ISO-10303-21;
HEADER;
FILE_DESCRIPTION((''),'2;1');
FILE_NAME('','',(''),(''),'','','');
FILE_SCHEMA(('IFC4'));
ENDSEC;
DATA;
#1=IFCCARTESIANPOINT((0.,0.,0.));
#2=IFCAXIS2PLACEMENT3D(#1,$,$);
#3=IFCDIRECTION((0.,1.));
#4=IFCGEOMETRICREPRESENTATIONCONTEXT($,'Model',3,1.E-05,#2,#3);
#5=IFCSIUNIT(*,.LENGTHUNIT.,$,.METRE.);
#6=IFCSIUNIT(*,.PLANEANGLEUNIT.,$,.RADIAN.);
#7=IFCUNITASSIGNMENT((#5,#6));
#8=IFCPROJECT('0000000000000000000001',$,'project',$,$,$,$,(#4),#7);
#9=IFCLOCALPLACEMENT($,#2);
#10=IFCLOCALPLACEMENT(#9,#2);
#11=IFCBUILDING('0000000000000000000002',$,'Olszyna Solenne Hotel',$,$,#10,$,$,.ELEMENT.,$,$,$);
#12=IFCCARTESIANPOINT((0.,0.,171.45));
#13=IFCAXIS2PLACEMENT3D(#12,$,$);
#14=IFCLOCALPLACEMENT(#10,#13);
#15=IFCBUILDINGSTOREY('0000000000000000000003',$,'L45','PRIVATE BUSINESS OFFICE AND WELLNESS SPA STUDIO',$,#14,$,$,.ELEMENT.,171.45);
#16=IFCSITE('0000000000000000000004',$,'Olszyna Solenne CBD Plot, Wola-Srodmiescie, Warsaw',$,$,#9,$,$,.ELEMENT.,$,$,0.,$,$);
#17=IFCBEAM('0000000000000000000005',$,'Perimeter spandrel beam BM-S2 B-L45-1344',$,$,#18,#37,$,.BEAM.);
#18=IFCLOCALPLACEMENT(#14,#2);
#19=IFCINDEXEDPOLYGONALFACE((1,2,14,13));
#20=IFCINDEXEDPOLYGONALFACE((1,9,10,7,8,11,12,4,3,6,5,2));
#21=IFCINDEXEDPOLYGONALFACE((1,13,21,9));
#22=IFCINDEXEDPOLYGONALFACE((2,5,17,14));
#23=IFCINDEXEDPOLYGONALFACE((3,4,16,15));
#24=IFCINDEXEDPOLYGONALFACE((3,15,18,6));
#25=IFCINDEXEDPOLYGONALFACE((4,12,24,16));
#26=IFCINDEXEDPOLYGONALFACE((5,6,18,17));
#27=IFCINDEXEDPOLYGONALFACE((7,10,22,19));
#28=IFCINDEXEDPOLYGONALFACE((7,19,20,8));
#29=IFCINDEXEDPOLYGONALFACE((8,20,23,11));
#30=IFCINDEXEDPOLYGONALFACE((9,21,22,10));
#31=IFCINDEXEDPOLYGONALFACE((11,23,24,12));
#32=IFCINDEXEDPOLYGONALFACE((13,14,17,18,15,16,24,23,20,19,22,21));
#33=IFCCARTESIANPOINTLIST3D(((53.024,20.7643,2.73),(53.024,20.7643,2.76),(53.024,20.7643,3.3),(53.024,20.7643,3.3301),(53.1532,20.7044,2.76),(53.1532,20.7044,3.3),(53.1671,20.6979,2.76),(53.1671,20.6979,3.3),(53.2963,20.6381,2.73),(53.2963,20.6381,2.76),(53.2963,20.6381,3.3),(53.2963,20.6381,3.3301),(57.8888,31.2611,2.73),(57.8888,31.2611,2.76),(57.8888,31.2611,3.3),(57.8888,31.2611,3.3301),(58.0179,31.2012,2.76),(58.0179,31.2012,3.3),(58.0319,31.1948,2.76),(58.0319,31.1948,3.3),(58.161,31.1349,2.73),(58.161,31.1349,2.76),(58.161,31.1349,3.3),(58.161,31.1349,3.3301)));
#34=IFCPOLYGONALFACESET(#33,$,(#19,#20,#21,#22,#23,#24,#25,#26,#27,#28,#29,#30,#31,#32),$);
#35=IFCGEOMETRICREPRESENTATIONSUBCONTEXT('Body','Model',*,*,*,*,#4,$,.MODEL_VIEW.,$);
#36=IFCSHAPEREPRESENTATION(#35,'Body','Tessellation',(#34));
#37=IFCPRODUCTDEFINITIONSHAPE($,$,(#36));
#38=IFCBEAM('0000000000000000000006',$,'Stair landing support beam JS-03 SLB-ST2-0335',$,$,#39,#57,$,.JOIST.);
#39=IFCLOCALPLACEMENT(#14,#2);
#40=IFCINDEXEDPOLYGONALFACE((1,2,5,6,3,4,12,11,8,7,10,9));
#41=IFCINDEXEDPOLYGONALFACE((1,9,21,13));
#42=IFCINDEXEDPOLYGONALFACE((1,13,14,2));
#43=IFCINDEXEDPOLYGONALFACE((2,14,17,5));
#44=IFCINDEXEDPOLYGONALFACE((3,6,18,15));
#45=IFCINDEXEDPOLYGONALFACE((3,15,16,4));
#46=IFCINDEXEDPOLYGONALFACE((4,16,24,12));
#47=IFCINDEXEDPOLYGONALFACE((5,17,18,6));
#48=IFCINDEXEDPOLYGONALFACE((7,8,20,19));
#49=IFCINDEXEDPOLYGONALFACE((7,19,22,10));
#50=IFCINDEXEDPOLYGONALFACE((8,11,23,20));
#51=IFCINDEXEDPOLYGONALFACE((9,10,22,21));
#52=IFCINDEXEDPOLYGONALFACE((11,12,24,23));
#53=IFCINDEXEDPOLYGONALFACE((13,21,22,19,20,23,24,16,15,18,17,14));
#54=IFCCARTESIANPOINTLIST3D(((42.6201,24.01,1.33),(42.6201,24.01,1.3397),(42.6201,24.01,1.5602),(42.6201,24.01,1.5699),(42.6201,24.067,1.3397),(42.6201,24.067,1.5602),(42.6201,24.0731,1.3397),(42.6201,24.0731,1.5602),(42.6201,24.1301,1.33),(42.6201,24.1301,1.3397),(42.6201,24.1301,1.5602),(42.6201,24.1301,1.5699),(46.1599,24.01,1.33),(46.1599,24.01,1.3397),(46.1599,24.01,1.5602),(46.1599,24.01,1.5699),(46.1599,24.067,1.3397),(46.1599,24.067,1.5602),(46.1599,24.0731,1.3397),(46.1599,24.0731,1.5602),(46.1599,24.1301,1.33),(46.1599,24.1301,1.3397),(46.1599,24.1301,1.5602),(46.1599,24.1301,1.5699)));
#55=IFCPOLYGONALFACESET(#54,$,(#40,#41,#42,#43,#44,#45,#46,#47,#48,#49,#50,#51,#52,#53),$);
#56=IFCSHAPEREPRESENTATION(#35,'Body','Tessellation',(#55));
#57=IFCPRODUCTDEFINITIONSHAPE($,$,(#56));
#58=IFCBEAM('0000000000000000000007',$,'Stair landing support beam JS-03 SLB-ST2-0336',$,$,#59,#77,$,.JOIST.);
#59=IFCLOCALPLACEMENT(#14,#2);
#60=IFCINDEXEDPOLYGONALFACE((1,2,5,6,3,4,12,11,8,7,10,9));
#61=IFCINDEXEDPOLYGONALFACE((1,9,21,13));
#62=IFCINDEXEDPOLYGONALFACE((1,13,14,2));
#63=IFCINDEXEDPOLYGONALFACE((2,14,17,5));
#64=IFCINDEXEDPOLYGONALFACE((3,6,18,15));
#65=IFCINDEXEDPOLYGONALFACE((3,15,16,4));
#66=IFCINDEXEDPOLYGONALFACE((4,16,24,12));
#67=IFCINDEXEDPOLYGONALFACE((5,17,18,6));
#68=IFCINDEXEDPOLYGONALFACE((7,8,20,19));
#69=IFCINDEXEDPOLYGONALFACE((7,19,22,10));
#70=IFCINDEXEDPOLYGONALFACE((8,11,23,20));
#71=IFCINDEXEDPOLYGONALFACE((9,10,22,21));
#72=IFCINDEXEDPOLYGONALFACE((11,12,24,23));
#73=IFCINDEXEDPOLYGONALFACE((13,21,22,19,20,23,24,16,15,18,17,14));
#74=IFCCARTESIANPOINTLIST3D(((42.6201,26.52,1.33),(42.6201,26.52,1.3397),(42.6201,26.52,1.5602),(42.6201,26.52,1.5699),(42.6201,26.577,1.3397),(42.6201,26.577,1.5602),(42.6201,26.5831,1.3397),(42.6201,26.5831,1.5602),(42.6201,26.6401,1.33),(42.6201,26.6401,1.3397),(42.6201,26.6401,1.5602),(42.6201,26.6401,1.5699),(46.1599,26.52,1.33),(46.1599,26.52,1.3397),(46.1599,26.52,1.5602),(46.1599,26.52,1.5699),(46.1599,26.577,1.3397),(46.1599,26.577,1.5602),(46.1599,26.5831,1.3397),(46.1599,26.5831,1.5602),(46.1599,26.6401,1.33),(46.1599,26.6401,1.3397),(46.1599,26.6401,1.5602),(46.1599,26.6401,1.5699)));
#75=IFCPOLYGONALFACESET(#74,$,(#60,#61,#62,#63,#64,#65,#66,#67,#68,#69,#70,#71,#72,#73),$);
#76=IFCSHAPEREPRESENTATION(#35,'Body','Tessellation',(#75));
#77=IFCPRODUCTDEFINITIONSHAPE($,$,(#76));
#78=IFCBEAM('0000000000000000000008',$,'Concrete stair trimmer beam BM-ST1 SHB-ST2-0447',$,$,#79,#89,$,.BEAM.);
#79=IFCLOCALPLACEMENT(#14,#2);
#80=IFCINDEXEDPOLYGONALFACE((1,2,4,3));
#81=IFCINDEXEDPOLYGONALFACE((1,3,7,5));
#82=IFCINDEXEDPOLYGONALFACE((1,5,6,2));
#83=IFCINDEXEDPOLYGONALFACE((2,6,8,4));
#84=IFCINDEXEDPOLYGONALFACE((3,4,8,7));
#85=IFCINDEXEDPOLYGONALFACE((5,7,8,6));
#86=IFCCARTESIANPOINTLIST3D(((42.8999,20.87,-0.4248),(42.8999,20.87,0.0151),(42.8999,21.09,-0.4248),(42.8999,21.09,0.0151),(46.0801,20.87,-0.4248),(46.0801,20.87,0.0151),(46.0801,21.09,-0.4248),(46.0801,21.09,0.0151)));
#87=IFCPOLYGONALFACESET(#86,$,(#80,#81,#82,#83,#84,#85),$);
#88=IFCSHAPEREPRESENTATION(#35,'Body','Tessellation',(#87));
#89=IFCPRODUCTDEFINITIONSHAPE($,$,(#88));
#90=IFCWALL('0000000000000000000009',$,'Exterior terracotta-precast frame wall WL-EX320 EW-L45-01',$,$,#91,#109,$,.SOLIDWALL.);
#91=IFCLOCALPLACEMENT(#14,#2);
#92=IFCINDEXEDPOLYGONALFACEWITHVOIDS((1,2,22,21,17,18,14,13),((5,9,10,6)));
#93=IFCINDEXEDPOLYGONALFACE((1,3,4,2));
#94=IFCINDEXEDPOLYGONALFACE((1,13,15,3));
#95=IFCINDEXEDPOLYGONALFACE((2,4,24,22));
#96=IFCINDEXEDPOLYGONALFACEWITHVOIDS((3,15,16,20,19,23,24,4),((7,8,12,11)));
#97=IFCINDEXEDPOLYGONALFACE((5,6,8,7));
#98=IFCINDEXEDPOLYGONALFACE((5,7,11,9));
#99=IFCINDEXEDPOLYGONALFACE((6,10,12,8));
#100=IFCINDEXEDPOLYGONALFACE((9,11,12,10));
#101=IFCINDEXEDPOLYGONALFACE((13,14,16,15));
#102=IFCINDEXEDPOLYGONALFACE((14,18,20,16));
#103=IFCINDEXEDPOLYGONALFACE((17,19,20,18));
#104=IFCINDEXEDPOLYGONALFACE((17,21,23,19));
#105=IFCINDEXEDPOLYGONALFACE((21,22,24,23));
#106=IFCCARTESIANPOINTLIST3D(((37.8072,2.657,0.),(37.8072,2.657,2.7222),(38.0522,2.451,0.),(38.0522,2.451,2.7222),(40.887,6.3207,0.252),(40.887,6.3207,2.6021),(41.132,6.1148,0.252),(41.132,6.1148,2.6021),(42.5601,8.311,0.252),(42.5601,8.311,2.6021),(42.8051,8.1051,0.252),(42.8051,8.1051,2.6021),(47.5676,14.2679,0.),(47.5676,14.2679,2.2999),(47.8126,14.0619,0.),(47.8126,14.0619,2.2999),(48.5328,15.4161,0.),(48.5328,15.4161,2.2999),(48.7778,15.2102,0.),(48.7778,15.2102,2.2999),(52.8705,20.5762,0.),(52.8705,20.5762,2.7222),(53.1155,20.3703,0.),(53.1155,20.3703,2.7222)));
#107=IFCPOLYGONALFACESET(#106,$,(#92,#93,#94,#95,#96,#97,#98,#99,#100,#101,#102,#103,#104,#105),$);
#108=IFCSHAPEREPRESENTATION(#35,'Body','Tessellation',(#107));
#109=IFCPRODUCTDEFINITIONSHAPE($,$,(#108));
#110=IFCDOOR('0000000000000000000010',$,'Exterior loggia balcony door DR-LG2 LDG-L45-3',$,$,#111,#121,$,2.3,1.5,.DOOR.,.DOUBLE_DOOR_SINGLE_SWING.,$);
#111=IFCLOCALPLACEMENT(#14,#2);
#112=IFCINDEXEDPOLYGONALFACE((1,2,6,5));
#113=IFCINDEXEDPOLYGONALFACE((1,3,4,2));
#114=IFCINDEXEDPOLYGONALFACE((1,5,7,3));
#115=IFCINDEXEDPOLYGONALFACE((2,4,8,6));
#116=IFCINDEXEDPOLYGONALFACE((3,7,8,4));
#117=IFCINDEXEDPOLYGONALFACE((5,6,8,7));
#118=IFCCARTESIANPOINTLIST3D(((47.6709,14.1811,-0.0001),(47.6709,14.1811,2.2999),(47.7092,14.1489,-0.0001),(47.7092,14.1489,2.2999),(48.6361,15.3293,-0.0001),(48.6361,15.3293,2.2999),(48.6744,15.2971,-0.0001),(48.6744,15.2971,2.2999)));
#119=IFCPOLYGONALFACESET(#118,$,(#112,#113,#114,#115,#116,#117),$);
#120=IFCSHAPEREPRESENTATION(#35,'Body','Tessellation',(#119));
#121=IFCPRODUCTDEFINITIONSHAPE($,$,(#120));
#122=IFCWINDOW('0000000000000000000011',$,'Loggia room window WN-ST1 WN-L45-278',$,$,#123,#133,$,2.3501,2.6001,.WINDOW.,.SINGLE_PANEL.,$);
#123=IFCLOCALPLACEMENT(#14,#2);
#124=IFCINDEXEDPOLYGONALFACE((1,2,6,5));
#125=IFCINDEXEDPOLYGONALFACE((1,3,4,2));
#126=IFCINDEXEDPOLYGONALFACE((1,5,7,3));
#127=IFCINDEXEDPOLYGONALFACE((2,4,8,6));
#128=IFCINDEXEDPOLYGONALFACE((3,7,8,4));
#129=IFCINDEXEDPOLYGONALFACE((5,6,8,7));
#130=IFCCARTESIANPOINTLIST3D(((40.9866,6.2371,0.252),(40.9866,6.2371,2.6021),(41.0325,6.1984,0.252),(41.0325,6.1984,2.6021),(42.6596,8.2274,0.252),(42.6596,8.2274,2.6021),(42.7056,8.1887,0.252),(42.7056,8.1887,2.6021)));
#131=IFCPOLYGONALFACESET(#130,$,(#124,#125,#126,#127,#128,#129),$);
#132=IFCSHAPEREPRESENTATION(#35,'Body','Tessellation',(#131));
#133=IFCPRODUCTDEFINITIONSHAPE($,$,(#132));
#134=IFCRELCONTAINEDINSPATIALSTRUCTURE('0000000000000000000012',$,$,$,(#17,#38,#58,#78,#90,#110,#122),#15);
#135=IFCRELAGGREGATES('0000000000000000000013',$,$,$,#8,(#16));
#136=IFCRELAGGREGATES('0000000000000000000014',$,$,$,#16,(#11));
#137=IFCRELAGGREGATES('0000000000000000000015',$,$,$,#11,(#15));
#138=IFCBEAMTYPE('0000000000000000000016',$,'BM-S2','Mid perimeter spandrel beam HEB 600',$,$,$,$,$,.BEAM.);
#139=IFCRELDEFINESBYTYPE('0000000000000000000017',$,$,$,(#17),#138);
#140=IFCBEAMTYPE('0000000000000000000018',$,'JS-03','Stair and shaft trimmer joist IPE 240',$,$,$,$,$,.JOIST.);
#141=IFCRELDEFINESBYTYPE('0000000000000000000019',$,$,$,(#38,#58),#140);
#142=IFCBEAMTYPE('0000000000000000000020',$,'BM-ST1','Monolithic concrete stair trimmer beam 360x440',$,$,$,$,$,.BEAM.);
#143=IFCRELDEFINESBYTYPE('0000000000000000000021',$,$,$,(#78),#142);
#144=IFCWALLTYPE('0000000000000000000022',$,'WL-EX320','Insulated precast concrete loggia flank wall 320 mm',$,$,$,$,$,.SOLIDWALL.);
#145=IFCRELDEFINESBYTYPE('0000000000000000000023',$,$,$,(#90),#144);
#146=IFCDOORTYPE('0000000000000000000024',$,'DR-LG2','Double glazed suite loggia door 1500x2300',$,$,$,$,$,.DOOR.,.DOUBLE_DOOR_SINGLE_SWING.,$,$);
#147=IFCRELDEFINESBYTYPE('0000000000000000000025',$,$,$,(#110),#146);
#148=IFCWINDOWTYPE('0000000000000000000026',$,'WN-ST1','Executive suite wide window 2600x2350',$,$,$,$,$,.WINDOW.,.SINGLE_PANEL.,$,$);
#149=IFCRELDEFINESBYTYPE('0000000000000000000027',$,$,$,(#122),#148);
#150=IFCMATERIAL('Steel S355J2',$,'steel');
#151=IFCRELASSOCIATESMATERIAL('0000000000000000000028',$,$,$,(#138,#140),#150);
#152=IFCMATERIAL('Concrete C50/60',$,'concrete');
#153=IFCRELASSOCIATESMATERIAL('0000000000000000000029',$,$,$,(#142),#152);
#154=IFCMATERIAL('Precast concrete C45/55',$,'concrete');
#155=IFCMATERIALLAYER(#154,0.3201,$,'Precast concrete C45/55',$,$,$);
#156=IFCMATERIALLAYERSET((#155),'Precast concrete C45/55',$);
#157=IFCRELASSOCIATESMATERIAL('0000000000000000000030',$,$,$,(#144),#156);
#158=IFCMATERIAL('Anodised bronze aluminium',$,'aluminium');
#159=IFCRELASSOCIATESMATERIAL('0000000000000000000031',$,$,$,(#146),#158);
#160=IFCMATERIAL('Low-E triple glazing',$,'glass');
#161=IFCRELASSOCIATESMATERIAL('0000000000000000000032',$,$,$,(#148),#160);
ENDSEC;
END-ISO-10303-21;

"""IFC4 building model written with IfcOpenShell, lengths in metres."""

from ifc_helpers import new_model, si_unit, direction, frame, frame_2d, origin, origin_2d, place, context, subcontext, project, spatial, rectangle, i_section, extrude, source, transform, mapped, material, layer, layer_set, material_profile, profile_set, type_object, type_shapes, element, fill, save


model = new_model("IFC4")

# Units and contexts
model_context = context("Model", 3, precision=1e-05, world=origin(), true_north=direction((0.0, 1.0)))
body_context = subcontext(model_context, "Body", "Model", "MODEL_VIEW")
ifc_project = project(units=[si_unit("LENGTHUNIT", "METRE"), si_unit("PLANEANGLEUNIT", "RADIAN")], contexts=[model_context])

# Site, building, storey
site_placement = place(None, origin())
site = spatial("IfcSite", under=ifc_project, at=site_placement, Name="Olszyna Solenne CBD Plot, Wola-Srodmiescie, Warsaw", CompositionType="ELEMENT", RefElevation=0.0)
building_placement = place(site_placement, origin())
building = spatial("IfcBuilding", under=site, at=building_placement, Name="Olszyna Solenne Hotel", CompositionType="ELEMENT")
storey_placement = place(building_placement, frame((0.0, 0.0, 171.45)))
storey = spatial("IfcBuildingStorey", under=building, at=storey_placement, Name="L45", Description="PRIVATE BUSINESS OFFICE AND WELLNESS SPA STUDIO", CompositionType="ELEMENT", Elevation=171.45)

# Beams
ifc_material_1 = material(Name="Steel S355J2", Category="steel")
ifc_material_profile_1 = material_profile(ifc_material_1, i_section(OverallWidth=0.3, OverallDepth=0.6001, WebThickness=0.0154, FlangeThickness=0.03, at=origin_2d()), Name="HEB 600", Category="load-bearing")
ifc_profile_set_1 = profile_set([ifc_material_profile_1], Name="Steel S355J2")
beam_type_1 = type_object("IfcBeamType", Name="BM-S2", Description="Mid perimeter spandrel beam HEB 600", PredefinedType="BEAM", material=ifc_profile_set_1)
shared_shape_1 = source(origin(), body_context, "Body", "SweptSolid", [
    extrude(i_section(OverallWidth=0.3, OverallDepth=0.6001, WebThickness=0.0154, FlangeThickness=0.03, at=origin_2d()), origin(), (0.0, 0.0, 1.0), 11.5693),
])
beam_1_placement = place(storey_placement, frame((53.1602, 20.7012, 3.03), z_axis=(0.420487, 0.907299, 0.0), x_axis=(-0.907299, 0.420487, 0.0)))
element("IfcBeam", 1, at=beam_1_placement, inside=storey, type_object=beam_type_1, Name="Perimeter spandrel beam BM-S2 B-L45-1344", PredefinedType="BEAM", context=body_context, shape_type="MappedRepresentation", body=[
    mapped(shared_shape_1, transform((0.0, 0.0, 0.0), x_axis=(1.0, 0.0, 0.0), y_axis=(0.0, 1.0, 0.0), z_axis=(0.0, 0.0, 1.0), scale=1.0)),
])
ifc_material_profile_2 = material_profile(ifc_material_1, i_section(OverallWidth=0.1201, OverallDepth=0.24, WebThickness=0.0061, FlangeThickness=0.0098, at=origin_2d()), Name="IPE 240", Category="load-bearing")
ifc_profile_set_2 = profile_set([ifc_material_profile_2], Name="Steel S355J2")
beam_type_2 = type_object("IfcBeamType", Name="JS-03", Description="Stair and shaft trimmer joist IPE 240", PredefinedType="JOIST", material=ifc_profile_set_2)
shared_shape_2 = source(origin(), body_context, "Body", "SweptSolid", [
    extrude(i_section(OverallWidth=0.1201, OverallDepth=0.24, WebThickness=0.0061, FlangeThickness=0.0098, at=origin_2d()), origin(), (0.0, 0.0, 1.0), 3.5398),
])
for number, where, z_axis, x_axis, name in (
    (2, (46.1599, 24.0701, 1.45), (-1.0, 0.0, 0.0), (0.0, -1.0, 0.0), "Stair landing support beam JS-03 SLB-ST2-0335"),
    (3, (46.1599, 26.5801, 1.45), (-1.0, 0.0, 0.0), (0.0, -1.0, 0.0), "Stair landing support beam JS-03 SLB-ST2-0336"),
):
    element("IfcBeam", number, at=place(storey_placement, frame(where, z_axis=z_axis, x_axis=x_axis)), inside=storey, type_object=beam_type_2, Name=name, PredefinedType="JOIST", context=body_context, shape_type="MappedRepresentation", body=[
        mapped(shared_shape_2, transform((0.0, 0.0, 0.0), x_axis=(1.0, 0.0, 0.0), y_axis=(0.0, 1.0, 0.0), z_axis=(0.0, 0.0, 1.0), scale=1.0)),
    ])
ifc_material_2 = material(Name="Concrete C50/60", Category="concrete")
ifc_material_profile_3 = material_profile(ifc_material_2, rectangle(XDim=0.22, YDim=0.4399, at=origin_2d()), Name="RC 220x440", Category="load-bearing")
ifc_profile_set_3 = profile_set([ifc_material_profile_3], Name="Concrete C50/60")
beam_type_3 = type_object("IfcBeamType", Name="BM-ST1", Description="Monolithic concrete stair trimmer beam 360x440", PredefinedType="BEAM", material=ifc_profile_set_3)
shared_shape_3 = source(origin(), body_context, "Body", "SweptSolid", [
    extrude(rectangle(XDim=0.22, YDim=0.4399, at=origin_2d()), origin(), (0.0, 0.0, 1.0), 3.1802),
])
beam_2_placement = place(storey_placement, frame((46.0801, 20.98, -0.2048), z_axis=(-1.0, 0.0, 0.0), x_axis=(0.0, -1.0, 0.0)))
element("IfcBeam", 4, at=beam_2_placement, inside=storey, type_object=beam_type_3, Name="Concrete stair trimmer beam BM-ST1 SHB-ST2-0447", PredefinedType="BEAM", context=body_context, shape_type="MappedRepresentation", body=[
    mapped(shared_shape_3, transform((0.0, 0.0, 0.0), x_axis=(1.0, 0.0, 0.0), y_axis=(0.0, 1.0, 0.0), z_axis=(0.0, 0.0, 1.0), scale=1.0)),
])

# Wall, openings, door, window
ifc_material_3 = material(Name="Precast concrete C45/55", Category="concrete")
ifc_layer_1 = layer(ifc_material_3, 0.3201, Name="Precast concrete C45/55")
ifc_layer_set_1 = layer_set([ifc_layer_1], Name="Precast concrete C45/55")
wall_type_1 = type_object("IfcWallType", Name="WL-EX320", Description="Insulated precast concrete loggia flank wall 320 mm", PredefinedType="SOLIDWALL", material=ifc_layer_set_1)
wall_1_placement = place(storey_placement, frame((52.9929, 20.4731, 0.0), z_axis=(0.0, 0.0, 1.0), x_axis=(-0.64347, -0.765471, 0.0)))
wall_1 = element("IfcWall", 5, at=wall_1_placement, inside=storey, type_object=wall_type_1, Name="Exterior terracotta-precast frame wall WL-EX320 EW-L45-01", PredefinedType="SOLIDWALL", context=body_context, shape_type="SweptSolid", body=[
    extrude(rectangle(XDim=23.4094, YDim=0.3201, at=frame_2d((11.7046, 0.0))), origin(), (0.0, 0.0, 1.0), 2.7222),
])
opening_1_placement = place(wall_1_placement, frame((6.741, 0.0, 0.0)))
opening_1 = element("IfcOpeningElement", 6, at=opening_1_placement, cuts=wall_1, PredefinedType="OPENING", context=body_context, shape_type="SweptSolid", body=[
    extrude(rectangle(XDim=1.5, YDim=2.3, at=frame_2d((0.75, 1.1499))), frame((0.0, 0.1699, 0.0), z_axis=(0.0, -1.0, 0.0), x_axis=(1.0, 0.0, 0.0)), (0.0, 0.0, 1.0), 0.3401),
])
opening_2_placement = place(wall_1_placement, frame((16.0229, 0.0, 0.252)))
opening_2 = element("IfcOpeningElement", 7, at=opening_2_placement, cuts=wall_1, PredefinedType="OPENING", context=body_context, shape_type="SweptSolid", body=[
    extrude(rectangle(XDim=2.6001, YDim=2.3501, at=frame_2d((1.3, 1.175))), frame((0.0, 0.1699, 0.0), z_axis=(0.0, -1.0, 0.0), x_axis=(1.0, 0.0, 0.0)), (0.0, 0.0, 1.0), 0.3401),
])
ifc_material_4 = material(Name="Anodised bronze aluminium", Category="aluminium")
door_type_1 = type_object("IfcDoorType", Name="DR-LG2", Description="Double glazed suite loggia door 1500x2300", OperationType="DOUBLE_DOOR_SINGLE_SWING", PredefinedType="DOOR", material=ifc_material_4)
shared_shape_4 = source(origin(), body_context, "Body", "SweptSolid", [
    extrude(rectangle(XDim=1.5, YDim=2.3, at=frame_2d((0.75, 1.1499))), frame((0.0, 0.0249, 0.0), z_axis=(0.0, -1.0, 0.0), x_axis=(1.0, 0.0, 0.0)), (0.0, 0.0, 1.0), 0.05),
])
type_shapes(door_type_1, [shared_shape_4])
door_1_placement = place(opening_1_placement, origin())
door_1 = element("IfcDoor", 8, at=door_1_placement, inside=storey, type_object=door_type_1, Name="Exterior loggia balcony door DR-LG2 LDG-L45-3", OperationType="DOUBLE_DOOR_SINGLE_SWING", OverallHeight=2.3, OverallWidth=1.5, PredefinedType="DOOR", context=body_context, shape_type="MappedRepresentation", body=[
    mapped(shared_shape_4, transform((0.0, 0.0, 0.0), x_axis=(1.0, 0.0, 0.0), y_axis=(0.0, 1.0, 0.0), z_axis=(0.0, 0.0, 1.0), scale=1.0)),
])
fill(opening_1, door_1)
ifc_material_5 = material(Name="Low-E triple glazing", Category="glass")
window_type = type_object("IfcWindowType", Name="WN-ST1", Description="Executive suite wide window 2600x2350", PartitioningType="SINGLE_PANEL", PredefinedType="WINDOW", material=ifc_material_5)
shared_shape_5 = source(origin(), body_context, "Body", "SweptSolid", [
    extrude(rectangle(XDim=2.6001, YDim=2.3501, at=frame_2d((1.3, 1.175))), frame((0.0, 0.03, 0.0), z_axis=(0.0, -1.0, 0.0), x_axis=(1.0, 0.0, 0.0)), (0.0, 0.0, 1.0), 0.0601),
])
type_shapes(window_type, [shared_shape_5])
window_placement = place(opening_2_placement, origin())
window = element("IfcWindow", 9, at=window_placement, inside=storey, type_object=window_type, Name="Loggia room window WN-ST1 WN-L45-278", OverallHeight=2.3501, OverallWidth=2.6001, PartitioningType="SINGLE_PANEL", PredefinedType="WINDOW", context=body_context, shape_type="MappedRepresentation", body=[
    mapped(shared_shape_5, transform((0.0, 0.0, 0.0), x_axis=(1.0, 0.0, 0.0), y_axis=(0.0, 1.0, 0.0), z_axis=(0.0, 0.0, 1.0), scale=1.0)),
])
fill(opening_2, window)

save(model, "model.ifc")
